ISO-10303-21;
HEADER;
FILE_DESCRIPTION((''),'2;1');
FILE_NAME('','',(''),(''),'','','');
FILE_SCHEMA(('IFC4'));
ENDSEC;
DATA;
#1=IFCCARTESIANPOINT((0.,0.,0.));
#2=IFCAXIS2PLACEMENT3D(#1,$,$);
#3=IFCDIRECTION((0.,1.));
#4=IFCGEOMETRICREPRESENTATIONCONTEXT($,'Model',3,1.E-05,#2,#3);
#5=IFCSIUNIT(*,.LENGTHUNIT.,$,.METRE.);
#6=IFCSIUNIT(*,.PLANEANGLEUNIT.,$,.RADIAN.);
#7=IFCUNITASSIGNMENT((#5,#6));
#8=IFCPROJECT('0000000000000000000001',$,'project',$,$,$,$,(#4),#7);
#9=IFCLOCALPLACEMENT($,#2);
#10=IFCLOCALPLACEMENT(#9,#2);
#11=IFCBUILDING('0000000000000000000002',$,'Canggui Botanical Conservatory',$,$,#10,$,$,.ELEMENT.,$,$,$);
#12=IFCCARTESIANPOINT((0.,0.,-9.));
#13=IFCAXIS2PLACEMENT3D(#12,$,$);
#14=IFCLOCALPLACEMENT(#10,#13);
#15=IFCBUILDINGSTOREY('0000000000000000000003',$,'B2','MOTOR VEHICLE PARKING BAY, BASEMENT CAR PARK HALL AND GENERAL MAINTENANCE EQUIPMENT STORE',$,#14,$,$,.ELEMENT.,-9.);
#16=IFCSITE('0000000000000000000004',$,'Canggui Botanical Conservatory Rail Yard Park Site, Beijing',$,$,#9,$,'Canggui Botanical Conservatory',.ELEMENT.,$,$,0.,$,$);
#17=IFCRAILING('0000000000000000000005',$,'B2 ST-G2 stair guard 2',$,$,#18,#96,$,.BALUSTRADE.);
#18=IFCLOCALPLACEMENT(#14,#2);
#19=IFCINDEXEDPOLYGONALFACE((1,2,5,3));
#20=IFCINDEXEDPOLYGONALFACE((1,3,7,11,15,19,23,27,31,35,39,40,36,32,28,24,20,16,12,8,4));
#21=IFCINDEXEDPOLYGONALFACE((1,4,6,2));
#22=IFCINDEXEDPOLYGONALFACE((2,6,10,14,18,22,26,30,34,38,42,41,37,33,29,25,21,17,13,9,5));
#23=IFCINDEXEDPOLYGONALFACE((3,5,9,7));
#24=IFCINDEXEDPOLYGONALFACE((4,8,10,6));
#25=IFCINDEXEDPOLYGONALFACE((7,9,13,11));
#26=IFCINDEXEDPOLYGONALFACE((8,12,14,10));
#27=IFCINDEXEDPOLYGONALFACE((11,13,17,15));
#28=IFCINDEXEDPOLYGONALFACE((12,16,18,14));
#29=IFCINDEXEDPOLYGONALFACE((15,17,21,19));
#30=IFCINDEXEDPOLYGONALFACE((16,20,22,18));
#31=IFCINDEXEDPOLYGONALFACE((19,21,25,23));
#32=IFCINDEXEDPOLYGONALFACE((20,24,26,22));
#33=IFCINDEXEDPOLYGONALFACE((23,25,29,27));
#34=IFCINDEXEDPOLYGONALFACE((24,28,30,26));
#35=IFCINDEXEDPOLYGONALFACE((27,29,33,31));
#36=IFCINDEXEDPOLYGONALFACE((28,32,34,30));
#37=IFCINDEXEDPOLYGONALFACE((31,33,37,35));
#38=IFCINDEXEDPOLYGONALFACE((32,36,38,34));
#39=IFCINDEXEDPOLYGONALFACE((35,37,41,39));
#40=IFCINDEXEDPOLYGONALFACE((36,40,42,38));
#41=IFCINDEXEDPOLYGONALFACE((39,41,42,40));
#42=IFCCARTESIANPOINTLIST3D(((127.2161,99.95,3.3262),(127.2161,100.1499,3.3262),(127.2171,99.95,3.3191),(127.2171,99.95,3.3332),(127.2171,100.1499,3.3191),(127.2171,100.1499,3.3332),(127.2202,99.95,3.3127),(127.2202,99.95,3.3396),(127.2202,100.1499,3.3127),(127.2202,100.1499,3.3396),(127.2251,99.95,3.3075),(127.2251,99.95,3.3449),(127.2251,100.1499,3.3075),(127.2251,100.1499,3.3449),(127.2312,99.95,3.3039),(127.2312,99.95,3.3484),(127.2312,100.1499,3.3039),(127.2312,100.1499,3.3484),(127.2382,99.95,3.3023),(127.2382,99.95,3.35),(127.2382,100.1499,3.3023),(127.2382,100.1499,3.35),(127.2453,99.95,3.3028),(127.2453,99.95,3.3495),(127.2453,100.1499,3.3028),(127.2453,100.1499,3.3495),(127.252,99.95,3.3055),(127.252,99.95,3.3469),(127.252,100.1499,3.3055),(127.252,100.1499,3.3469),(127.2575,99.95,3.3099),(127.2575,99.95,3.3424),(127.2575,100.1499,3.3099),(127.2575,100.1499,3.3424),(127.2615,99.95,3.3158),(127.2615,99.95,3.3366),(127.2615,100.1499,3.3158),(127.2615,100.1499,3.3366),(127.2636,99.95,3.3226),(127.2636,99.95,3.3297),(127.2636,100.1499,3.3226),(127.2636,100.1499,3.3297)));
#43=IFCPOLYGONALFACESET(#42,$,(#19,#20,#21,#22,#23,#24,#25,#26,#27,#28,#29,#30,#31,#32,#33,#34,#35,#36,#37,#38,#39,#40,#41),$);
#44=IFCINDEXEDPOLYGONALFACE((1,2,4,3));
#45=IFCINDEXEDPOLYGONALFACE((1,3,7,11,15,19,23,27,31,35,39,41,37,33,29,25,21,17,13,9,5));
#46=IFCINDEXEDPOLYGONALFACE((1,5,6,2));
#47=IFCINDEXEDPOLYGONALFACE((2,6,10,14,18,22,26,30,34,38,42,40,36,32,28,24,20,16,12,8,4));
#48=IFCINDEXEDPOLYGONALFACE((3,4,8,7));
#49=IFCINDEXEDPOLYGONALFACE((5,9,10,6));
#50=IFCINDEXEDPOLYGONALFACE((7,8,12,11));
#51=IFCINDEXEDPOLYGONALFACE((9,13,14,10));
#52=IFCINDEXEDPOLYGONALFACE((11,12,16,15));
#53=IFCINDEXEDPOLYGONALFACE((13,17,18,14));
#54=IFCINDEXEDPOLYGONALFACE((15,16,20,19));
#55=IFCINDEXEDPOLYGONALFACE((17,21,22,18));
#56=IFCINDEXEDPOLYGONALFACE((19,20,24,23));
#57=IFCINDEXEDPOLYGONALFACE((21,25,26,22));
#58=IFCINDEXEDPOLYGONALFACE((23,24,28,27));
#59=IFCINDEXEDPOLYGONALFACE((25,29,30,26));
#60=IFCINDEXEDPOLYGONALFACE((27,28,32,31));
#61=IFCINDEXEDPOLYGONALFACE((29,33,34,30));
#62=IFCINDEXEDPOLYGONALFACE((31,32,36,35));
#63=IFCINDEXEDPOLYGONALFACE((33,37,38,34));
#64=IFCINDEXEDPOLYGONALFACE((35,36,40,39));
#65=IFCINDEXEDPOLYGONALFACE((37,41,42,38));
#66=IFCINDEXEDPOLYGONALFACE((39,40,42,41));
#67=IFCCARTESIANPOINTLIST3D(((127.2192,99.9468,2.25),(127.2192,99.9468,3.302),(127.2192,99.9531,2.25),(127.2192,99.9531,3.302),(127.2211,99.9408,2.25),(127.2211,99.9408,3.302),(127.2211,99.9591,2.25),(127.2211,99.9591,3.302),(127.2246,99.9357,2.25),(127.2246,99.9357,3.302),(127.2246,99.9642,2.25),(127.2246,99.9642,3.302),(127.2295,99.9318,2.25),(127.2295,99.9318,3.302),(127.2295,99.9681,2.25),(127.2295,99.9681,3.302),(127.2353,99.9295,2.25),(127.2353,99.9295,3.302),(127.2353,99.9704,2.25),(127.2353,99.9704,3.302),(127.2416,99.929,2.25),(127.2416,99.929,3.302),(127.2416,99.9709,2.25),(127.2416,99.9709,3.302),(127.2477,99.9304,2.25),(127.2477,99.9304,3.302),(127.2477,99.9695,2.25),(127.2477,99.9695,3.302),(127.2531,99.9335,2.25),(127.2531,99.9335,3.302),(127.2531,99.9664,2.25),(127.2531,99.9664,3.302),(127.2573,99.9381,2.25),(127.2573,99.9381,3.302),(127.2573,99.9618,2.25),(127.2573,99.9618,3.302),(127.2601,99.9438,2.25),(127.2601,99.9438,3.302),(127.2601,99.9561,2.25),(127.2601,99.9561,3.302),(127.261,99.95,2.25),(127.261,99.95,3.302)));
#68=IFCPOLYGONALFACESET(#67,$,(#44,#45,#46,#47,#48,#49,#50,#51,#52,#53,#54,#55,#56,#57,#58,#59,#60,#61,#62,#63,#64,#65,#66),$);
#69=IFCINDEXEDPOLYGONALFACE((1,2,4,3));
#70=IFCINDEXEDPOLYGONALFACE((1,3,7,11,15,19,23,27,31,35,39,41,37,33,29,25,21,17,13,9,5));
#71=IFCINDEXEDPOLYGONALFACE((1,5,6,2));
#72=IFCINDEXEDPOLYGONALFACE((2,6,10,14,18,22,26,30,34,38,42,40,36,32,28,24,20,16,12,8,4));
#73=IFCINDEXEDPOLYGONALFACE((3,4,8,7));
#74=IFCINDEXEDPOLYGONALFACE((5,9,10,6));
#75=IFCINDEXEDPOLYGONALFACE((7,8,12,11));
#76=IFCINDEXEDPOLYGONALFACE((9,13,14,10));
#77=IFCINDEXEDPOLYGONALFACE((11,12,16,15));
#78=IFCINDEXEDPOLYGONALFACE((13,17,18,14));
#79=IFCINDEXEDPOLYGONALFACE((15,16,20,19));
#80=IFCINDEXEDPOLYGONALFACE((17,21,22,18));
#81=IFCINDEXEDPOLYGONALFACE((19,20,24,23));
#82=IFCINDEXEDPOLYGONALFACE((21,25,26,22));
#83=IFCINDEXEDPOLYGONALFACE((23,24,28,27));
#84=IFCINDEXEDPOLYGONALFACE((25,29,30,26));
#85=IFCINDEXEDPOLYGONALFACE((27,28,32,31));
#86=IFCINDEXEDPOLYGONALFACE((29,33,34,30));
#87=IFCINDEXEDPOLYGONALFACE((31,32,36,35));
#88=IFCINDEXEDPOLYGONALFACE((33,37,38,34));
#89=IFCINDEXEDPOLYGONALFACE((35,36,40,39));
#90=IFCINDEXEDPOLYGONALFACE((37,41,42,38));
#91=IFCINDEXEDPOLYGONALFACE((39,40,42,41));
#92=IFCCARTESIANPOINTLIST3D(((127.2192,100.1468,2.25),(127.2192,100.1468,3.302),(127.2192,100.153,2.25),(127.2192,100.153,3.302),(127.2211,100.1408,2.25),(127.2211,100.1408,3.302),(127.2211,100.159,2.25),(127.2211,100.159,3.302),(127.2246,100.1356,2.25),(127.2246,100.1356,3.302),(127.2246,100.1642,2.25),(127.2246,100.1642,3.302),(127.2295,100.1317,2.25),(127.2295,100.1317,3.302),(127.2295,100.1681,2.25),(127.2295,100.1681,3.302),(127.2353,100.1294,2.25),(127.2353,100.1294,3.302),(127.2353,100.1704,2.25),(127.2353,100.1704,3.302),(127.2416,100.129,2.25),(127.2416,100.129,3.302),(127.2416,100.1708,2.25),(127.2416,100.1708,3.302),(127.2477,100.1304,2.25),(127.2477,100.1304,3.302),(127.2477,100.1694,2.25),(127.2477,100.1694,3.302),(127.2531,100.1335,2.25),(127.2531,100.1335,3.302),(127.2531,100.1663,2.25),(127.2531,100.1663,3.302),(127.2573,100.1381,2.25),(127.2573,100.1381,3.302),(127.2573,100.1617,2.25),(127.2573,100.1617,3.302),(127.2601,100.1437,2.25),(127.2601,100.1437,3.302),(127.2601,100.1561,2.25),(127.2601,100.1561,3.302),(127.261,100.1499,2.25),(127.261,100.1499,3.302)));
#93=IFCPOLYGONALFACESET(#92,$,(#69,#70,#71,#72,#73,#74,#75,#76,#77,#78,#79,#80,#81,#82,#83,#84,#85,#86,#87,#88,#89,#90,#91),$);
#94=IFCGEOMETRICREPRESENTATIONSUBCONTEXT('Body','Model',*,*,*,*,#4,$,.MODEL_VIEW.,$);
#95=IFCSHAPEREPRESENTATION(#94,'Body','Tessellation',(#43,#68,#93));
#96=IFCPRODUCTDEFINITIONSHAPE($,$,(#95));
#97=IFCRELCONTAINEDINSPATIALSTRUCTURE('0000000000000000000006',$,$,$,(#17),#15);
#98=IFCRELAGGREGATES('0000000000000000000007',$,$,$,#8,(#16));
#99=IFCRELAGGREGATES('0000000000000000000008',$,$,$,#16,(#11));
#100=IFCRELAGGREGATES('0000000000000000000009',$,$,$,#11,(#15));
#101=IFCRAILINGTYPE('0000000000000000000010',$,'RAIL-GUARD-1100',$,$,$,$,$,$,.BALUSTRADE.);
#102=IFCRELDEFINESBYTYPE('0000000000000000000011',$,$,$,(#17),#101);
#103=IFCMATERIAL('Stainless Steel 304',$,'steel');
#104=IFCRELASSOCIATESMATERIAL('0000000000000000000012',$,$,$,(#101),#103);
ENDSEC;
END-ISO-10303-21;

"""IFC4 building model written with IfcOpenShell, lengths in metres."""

from ifc_helpers import new_model, si_unit, direction, frame, origin, origin_2d, place, context, subcontext, project, spatial, circle, extrude, material, type_object, element, save


model = new_model("IFC4")

# Units and contexts
model_context = context("Model", 3, precision=1e-05, world=origin(), true_north=direction((0.0, 1.0)))
body_context = subcontext(model_context, "Body", "Model", "MODEL_VIEW")
ifc_project = project(units=[si_unit("LENGTHUNIT", "METRE"), si_unit("PLANEANGLEUNIT", "RADIAN")], contexts=[model_context])

# Site, building, storey
site_placement = place(None, origin())
site = spatial("IfcSite", under=ifc_project, at=site_placement, Name="Canggui Botanical Conservatory Rail Yard Park Site, Beijing", LongName="Canggui Botanical Conservatory", CompositionType="ELEMENT", RefElevation=0.0)
building_placement = place(site_placement, origin())
building = spatial("IfcBuilding", under=site, at=building_placement, Name="Canggui Botanical Conservatory", CompositionType="ELEMENT")
storey_placement = place(building_placement, frame((0.0, 0.0, -9.0)))
storey = spatial("IfcBuildingStorey", under=building, at=storey_placement, Name="B2", Description="MOTOR VEHICLE PARKING BAY, BASEMENT CAR PARK HALL AND GENERAL MAINTENANCE EQUIPMENT STORE", CompositionType="ELEMENT", Elevation=-9.0)

# Railing
ifc_material_1 = material(Name="Stainless Steel 304", Category="steel")
railing_type_1 = type_object("IfcRailingType", Name="RAIL-GUARD-1100", PredefinedType="BALUSTRADE", material=ifc_material_1)
railing_1_placement = place(storey_placement, frame((127.24, 99.95, 2.25)))
element("IfcRailing", 1, at=railing_1_placement, inside=storey, type_object=railing_type_1, Name="B2 ST-G2 stair guard 2", PredefinedType="BALUSTRADE", context=body_context, shape_type="SweptSolid", body=[
    extrude(circle(Radius=0.0239, at=origin_2d()), frame((0.0, 0.0, 1.0762), z_axis=(0.0, 1.0, 0.0), x_axis=(-1.0, 0.0, 0.0)), (0.0, 0.0, 1.0), 0.2),
    extrude(circle(Radius=0.021, at=origin_2d()), origin(), (0.0, 0.0, 1.0), 1.052),
    extrude(circle(Radius=0.021, at=origin_2d()), frame((0.0, 0.2, 0.0)), (0.0, 0.0, 1.0), 1.052),
])

save(model, "model.ifc")
